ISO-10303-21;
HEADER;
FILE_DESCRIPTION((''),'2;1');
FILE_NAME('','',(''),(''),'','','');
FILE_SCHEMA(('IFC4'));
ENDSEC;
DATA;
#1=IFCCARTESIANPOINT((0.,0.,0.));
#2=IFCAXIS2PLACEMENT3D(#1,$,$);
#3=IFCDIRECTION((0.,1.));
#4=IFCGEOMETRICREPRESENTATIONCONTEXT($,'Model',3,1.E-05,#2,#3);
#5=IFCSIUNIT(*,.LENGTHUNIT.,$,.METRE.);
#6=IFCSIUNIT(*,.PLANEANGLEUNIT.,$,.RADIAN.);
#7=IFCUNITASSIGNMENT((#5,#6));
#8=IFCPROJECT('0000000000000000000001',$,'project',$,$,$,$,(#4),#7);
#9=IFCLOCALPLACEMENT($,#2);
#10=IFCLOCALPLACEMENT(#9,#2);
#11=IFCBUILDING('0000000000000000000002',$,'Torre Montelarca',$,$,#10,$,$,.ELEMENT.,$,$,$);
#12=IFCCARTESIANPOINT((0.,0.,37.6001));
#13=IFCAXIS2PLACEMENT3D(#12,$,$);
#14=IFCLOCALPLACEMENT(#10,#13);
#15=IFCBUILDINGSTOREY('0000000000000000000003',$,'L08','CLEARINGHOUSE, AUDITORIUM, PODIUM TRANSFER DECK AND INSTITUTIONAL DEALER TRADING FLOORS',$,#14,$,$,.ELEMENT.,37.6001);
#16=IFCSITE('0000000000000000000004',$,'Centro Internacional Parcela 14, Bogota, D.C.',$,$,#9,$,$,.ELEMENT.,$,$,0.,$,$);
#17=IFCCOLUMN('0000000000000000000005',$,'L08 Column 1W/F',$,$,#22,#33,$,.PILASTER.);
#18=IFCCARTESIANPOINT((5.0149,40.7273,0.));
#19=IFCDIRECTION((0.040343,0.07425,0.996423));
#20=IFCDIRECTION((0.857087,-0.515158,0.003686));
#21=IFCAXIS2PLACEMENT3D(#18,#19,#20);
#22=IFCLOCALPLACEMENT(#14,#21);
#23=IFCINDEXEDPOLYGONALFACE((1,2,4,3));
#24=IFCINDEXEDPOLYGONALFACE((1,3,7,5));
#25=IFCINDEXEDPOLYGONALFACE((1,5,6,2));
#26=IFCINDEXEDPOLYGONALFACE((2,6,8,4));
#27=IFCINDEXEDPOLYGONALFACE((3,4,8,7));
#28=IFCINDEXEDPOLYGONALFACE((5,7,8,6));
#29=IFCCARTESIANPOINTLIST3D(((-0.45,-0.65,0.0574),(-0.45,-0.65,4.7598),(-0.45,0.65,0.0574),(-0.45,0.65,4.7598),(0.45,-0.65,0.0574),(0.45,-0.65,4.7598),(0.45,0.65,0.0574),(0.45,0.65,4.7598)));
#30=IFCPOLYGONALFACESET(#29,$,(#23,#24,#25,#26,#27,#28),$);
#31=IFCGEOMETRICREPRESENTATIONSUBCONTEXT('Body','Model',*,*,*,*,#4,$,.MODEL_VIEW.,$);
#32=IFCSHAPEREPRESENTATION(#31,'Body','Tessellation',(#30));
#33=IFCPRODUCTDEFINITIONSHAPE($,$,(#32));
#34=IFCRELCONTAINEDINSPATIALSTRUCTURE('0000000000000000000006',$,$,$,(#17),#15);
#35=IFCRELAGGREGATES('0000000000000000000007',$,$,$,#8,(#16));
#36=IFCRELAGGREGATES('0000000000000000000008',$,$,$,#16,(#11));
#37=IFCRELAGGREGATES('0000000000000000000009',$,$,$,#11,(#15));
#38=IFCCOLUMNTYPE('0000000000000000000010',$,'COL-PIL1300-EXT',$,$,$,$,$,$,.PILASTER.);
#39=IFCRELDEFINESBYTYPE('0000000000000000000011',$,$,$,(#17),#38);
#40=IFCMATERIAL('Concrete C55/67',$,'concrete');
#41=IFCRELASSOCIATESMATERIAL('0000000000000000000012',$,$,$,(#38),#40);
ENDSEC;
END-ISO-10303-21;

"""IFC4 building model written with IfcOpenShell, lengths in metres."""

from ifc_helpers import new_model, si_unit, direction, frame, origin, origin_2d, place, context, subcontext, project, spatial, rectangle, extrude, clip, halfspace, material, material_profile, profile_set, type_object, element, save


model = new_model("IFC4")

# Units and contexts
model_context = context("Model", 3, precision=1e-05, world=origin(), true_north=direction((0.0, 1.0)))
body_context = subcontext(model_context, "Body", "Model", "MODEL_VIEW")
ifc_project = project(units=[si_unit("LENGTHUNIT", "METRE"), si_unit("PLANEANGLEUNIT", "RADIAN")], contexts=[model_context])

# Site, building, storey
site_placement = place(None, origin())
site = spatial("IfcSite", under=ifc_project, at=site_placement, Name="Centro Internacional Parcela 14, Bogota, D.C.", CompositionType="ELEMENT", RefElevation=0.0)
building_placement = place(site_placement, origin())
building = spatial("IfcBuilding", under=site, at=building_placement, Name="Torre Montelarca", CompositionType="ELEMENT")
storey_placement = place(building_placement, frame((0.0, 0.0, 37.6001)))
storey = spatial("IfcBuildingStorey", under=building, at=storey_placement, Name="L08", Description="CLEARINGHOUSE, AUDITORIUM, PODIUM TRANSFER DECK AND INSTITUTIONAL DEALER TRADING FLOORS", CompositionType="ELEMENT", Elevation=37.6001)

# Column
ifc_material_1 = material(Name="Concrete C55/67", Category="concrete")
ifc_material_profile_1 = material_profile(ifc_material_1, rectangle(XDim=0.8999, YDim=1.3, at=origin_2d()), Name="RC1300X900", Category="concrete")
ifc_profile_set_1 = profile_set([ifc_material_profile_1], Name="Concrete C55/67")
column_type = type_object("IfcColumnType", Name="COL-PIL1300-EXT", PredefinedType="PILASTER", material=ifc_profile_set_1)
column_placement = place(storey_placement, frame((5.0149, 40.7273, 0.0), z_axis=(0.040343, 0.07425, 0.996423), x_axis=(0.857087, -0.515158, 0.003686)))
element("IfcColumn", 1, at=column_placement, inside=storey, type_object=column_type, Name="L08 Column 1W/F", PredefinedType="PILASTER", context=body_context, shape_type="Clipping", body=[
    clip(clip(extrude(rectangle(XDim=0.8999, YDim=1.3, at=origin_2d()), origin(), (0.0, 0.0, 1.0), 4.8171), halfspace(frame((0.0, 0.0, 0.0574), z_axis=(0.0, 0.0, -1.0), x_axis=(1.0, 0.0, 0.0)), False)), halfspace(frame((0.0, 0.0, 4.7598), z_axis=(0.0, 0.0, 1.0), x_axis=(1.0, 0.0, 0.0)), False)),
])

save(model, "model.ifc")
